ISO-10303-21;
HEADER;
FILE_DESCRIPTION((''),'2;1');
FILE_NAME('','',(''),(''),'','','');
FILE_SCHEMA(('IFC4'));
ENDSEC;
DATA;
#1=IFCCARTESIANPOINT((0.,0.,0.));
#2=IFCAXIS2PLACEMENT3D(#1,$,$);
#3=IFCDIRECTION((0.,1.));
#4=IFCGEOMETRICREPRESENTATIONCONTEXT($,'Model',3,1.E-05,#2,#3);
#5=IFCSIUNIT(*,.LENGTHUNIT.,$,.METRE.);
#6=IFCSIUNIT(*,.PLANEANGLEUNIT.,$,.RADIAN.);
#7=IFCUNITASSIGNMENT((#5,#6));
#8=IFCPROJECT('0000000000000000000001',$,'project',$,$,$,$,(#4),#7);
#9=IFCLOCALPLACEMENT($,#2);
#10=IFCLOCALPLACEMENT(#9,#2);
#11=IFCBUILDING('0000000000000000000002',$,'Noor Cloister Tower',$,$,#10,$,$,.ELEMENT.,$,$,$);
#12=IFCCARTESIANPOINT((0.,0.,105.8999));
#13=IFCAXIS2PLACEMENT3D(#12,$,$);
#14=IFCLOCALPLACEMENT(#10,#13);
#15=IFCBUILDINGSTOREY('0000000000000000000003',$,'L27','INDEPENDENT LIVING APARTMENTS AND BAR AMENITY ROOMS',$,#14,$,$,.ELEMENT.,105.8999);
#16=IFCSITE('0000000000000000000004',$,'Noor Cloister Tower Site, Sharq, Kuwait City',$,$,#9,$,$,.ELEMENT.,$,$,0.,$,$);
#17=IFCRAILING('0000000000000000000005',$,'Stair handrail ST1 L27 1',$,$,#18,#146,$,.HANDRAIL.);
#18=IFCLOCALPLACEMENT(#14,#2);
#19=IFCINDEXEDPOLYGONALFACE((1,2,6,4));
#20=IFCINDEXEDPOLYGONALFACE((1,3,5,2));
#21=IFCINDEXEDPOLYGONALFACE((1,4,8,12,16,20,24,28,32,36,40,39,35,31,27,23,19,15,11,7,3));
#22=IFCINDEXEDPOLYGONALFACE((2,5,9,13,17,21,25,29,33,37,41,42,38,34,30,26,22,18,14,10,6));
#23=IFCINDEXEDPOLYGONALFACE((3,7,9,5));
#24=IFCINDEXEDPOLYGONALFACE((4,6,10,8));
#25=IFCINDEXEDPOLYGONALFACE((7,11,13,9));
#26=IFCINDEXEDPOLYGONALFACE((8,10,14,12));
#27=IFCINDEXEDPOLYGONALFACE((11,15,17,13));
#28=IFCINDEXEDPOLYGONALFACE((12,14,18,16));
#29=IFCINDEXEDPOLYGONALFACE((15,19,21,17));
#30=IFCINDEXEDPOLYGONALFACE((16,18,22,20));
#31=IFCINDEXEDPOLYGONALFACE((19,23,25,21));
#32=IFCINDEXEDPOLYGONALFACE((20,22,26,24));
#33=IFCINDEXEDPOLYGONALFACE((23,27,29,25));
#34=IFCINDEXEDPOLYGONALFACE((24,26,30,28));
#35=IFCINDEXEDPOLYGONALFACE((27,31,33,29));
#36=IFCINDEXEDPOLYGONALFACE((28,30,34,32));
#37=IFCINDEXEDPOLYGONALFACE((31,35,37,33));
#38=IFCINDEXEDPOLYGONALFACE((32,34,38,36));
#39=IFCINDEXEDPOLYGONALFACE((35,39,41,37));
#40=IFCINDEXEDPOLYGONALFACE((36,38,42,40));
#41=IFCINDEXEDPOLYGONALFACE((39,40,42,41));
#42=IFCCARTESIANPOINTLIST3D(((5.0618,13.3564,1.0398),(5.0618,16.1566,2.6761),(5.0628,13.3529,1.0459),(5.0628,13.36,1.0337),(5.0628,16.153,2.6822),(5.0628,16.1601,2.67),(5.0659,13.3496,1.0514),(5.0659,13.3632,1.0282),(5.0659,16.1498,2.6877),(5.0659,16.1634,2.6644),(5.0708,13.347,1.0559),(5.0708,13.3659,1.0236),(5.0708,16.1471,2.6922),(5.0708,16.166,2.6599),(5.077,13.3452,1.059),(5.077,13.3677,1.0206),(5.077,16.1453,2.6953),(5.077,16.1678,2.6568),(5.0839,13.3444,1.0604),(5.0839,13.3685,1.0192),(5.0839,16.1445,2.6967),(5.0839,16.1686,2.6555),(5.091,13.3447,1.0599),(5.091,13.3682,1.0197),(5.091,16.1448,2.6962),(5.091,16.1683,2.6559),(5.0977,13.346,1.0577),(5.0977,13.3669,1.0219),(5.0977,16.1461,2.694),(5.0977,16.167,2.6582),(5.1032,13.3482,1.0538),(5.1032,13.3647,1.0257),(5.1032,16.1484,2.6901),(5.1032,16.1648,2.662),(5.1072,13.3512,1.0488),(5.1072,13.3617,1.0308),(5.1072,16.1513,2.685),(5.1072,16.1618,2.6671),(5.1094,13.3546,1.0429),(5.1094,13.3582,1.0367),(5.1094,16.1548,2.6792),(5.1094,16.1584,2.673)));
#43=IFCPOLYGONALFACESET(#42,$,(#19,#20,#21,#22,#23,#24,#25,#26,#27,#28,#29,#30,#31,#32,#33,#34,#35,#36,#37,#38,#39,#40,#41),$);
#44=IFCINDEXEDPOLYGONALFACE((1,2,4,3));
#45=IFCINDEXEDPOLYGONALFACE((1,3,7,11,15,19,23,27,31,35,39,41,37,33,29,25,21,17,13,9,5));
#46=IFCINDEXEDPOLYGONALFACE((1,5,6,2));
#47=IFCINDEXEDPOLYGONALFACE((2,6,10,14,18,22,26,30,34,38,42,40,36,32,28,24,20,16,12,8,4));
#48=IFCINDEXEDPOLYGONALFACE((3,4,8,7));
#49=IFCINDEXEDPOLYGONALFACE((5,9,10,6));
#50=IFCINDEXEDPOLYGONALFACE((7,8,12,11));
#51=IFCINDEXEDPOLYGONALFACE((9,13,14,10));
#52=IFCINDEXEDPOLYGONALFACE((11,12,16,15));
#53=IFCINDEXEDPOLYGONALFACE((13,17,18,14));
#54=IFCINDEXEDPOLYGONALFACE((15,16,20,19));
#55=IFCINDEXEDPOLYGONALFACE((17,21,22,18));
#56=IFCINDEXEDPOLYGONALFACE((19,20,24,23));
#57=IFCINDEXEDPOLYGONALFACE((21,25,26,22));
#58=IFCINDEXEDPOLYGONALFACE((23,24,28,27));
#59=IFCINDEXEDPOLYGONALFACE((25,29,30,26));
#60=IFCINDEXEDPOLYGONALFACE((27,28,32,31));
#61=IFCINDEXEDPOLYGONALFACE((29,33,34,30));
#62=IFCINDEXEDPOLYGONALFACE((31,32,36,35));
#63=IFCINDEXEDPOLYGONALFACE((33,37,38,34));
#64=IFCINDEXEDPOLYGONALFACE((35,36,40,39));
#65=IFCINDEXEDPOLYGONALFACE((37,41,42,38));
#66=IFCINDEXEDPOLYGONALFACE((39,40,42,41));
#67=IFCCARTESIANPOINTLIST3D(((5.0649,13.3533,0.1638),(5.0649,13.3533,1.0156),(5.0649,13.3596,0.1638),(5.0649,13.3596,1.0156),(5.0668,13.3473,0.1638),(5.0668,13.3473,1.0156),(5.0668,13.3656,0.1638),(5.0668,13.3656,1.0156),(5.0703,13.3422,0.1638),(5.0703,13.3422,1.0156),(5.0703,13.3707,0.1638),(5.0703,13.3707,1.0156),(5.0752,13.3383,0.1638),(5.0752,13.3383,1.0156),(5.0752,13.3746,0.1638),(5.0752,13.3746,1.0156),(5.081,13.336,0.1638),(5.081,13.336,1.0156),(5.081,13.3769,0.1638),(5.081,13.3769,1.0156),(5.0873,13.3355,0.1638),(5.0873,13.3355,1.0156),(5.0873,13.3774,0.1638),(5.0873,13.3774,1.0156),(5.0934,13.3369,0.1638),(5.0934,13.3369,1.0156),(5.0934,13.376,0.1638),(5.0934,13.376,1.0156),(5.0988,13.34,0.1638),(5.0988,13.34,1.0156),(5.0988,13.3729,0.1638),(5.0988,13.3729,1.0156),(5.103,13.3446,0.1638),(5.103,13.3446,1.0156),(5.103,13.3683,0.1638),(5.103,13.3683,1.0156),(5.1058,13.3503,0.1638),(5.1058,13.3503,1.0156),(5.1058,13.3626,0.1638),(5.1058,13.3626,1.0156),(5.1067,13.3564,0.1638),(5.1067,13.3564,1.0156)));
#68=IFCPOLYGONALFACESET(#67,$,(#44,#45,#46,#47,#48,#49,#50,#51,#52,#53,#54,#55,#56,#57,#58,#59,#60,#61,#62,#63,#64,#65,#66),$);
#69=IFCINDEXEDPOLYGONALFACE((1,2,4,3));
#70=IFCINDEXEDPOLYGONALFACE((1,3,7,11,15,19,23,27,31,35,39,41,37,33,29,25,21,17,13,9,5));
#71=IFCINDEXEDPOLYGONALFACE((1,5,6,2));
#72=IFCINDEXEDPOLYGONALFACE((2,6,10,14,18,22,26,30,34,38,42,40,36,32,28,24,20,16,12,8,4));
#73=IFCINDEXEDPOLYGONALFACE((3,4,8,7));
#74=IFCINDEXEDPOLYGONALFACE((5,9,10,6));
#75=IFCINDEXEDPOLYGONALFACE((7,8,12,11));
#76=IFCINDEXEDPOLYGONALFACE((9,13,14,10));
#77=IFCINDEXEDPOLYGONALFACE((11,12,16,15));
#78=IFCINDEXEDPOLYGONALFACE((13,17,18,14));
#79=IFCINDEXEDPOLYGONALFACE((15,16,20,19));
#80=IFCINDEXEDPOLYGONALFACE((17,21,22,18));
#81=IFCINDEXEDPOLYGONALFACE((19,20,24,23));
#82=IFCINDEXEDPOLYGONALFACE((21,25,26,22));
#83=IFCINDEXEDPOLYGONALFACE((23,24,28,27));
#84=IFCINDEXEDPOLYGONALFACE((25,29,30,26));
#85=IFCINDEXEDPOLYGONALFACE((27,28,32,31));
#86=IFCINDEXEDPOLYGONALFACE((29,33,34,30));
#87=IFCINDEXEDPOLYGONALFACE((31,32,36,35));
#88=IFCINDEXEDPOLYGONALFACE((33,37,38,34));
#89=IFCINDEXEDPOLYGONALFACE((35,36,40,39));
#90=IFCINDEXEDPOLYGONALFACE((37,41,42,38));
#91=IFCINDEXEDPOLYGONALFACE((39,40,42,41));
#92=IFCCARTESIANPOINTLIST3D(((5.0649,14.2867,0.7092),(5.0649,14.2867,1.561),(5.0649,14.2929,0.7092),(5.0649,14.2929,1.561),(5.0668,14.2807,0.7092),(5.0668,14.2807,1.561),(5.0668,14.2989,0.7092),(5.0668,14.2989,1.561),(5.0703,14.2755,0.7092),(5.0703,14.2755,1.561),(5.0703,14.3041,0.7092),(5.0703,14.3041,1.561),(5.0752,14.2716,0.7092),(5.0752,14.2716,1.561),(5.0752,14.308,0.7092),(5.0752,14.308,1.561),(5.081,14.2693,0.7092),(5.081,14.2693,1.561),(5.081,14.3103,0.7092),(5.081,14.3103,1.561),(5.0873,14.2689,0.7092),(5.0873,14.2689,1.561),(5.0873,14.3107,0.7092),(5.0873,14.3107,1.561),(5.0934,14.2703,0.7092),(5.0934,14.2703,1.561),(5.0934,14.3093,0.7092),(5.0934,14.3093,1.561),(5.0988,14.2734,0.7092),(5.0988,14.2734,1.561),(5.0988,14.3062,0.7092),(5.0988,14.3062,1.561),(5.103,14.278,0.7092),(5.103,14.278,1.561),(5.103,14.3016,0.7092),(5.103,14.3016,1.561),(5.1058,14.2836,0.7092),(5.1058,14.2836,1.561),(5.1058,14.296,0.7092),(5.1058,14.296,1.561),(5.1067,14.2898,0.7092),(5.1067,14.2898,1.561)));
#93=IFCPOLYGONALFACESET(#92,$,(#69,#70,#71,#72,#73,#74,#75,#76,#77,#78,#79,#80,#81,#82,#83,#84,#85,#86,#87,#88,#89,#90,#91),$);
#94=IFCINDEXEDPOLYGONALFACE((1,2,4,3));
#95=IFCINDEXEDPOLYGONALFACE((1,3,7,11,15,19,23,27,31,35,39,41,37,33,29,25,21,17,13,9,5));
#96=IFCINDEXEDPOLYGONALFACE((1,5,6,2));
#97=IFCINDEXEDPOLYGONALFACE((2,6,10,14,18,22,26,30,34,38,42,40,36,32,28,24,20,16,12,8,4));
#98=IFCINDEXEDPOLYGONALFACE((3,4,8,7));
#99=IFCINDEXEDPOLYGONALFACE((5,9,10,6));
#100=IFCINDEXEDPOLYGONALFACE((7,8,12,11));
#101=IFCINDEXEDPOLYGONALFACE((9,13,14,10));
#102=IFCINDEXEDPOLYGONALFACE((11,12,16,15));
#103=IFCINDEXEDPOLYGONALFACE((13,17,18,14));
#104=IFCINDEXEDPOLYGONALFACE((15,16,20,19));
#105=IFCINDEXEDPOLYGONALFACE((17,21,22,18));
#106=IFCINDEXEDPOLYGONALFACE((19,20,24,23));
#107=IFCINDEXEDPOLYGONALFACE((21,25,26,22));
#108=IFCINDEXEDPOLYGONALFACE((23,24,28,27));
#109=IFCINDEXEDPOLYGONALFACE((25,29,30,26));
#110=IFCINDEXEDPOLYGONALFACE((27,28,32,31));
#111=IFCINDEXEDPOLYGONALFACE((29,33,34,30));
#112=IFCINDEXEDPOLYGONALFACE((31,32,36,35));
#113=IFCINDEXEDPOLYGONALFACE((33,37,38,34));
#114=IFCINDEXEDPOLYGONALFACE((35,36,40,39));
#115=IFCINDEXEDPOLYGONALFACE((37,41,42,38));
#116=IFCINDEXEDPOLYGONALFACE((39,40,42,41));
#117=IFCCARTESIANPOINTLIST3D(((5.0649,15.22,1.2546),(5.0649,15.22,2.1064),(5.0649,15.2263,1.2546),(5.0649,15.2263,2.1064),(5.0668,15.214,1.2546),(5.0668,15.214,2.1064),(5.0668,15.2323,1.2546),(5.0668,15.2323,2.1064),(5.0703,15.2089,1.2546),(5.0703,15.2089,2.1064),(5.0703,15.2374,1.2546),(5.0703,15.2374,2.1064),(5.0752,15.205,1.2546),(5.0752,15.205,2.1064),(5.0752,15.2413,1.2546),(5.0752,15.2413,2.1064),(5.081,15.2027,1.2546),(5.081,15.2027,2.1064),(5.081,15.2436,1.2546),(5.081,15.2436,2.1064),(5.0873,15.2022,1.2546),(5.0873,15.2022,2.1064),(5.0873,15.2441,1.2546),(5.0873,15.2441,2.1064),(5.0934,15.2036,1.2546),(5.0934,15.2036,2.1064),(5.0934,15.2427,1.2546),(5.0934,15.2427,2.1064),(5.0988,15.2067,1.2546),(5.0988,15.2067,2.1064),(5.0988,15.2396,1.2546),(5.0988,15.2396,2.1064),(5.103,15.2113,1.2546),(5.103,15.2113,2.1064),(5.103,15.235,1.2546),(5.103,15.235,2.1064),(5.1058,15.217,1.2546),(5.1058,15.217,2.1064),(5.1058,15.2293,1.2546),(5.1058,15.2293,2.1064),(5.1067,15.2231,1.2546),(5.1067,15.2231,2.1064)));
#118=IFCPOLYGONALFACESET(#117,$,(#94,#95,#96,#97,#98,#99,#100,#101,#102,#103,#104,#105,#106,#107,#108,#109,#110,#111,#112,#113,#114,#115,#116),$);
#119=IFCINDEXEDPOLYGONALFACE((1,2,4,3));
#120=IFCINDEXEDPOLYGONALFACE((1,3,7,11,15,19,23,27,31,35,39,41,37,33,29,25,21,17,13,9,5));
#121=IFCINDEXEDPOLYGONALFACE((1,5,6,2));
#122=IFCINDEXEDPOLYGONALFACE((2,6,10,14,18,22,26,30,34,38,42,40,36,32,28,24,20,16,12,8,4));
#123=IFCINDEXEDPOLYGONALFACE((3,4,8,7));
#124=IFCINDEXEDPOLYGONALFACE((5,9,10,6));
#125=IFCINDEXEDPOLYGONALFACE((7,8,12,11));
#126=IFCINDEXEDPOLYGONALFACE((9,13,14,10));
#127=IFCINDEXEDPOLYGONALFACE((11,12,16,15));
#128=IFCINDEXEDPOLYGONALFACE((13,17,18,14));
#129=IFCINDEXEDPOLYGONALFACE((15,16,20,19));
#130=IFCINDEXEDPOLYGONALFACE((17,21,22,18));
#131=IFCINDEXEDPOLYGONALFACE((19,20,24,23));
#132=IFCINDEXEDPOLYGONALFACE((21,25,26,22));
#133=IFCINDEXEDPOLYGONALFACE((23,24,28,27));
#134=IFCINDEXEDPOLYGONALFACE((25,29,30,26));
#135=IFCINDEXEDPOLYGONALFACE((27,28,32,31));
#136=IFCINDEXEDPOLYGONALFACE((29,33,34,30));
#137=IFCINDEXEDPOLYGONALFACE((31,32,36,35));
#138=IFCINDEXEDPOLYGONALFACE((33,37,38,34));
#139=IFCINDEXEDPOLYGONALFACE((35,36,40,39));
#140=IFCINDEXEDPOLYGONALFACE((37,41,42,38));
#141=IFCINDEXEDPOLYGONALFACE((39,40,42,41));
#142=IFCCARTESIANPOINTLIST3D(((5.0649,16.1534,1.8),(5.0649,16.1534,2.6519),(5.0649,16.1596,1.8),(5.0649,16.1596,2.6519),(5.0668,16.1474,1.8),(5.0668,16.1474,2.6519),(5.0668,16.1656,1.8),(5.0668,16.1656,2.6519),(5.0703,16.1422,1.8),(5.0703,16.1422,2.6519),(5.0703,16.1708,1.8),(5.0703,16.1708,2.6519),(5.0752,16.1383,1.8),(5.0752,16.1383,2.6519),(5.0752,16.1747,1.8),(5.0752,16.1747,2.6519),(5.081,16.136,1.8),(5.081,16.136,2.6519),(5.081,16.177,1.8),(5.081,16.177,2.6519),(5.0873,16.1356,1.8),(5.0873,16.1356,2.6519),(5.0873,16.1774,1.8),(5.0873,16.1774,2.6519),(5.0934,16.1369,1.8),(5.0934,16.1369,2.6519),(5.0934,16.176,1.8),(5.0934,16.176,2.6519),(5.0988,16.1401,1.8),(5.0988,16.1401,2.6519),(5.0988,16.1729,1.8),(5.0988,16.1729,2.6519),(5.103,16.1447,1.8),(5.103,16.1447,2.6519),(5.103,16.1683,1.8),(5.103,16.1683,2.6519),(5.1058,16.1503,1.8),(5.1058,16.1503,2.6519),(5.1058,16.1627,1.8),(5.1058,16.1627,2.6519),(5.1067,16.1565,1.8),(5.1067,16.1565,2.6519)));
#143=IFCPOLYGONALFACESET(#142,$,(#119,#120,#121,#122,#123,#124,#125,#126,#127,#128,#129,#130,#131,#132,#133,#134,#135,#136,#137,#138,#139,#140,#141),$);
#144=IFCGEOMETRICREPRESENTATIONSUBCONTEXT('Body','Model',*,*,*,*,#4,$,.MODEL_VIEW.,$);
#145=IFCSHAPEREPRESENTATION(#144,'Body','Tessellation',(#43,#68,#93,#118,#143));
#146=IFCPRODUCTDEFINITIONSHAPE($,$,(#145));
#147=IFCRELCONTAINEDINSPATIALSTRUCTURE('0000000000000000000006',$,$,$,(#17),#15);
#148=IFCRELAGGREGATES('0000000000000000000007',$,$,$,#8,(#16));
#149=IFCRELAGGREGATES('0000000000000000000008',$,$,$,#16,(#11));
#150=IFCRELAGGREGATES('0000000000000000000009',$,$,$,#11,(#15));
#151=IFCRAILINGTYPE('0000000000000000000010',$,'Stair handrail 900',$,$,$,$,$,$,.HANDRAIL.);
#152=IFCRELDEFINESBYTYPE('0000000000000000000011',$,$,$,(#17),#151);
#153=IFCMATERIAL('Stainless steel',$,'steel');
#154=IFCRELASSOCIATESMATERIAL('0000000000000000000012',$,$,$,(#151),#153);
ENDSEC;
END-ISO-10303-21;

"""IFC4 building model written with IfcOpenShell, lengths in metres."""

from ifc_helpers import new_model, si_unit, direction, frame, origin, origin_2d, place, context, subcontext, project, spatial, circle, extrude, material, type_object, element, save


model = new_model("IFC4")

# Units and contexts
model_context = context("Model", 3, precision=1e-05, world=origin(), true_north=direction((0.0, 1.0)))
body_context = subcontext(model_context, "Body", "Model", "MODEL_VIEW")
ifc_project = project(units=[si_unit("LENGTHUNIT", "METRE"), si_unit("PLANEANGLEUNIT", "RADIAN")], contexts=[model_context])

# Site, building, storey
site_placement = place(None, origin())
site = spatial("IfcSite", under=ifc_project, at=site_placement, Name="Noor Cloister Tower Site, Sharq, Kuwait City", CompositionType="ELEMENT", RefElevation=0.0)
building_placement = place(site_placement, origin())
building = spatial("IfcBuilding", under=site, at=building_placement, Name="Noor Cloister Tower", CompositionType="ELEMENT")
storey_placement = place(building_placement, frame((0.0, 0.0, 105.8999)))
storey = spatial("IfcBuildingStorey", under=building, at=storey_placement, Name="L27", Description="INDEPENDENT LIVING APARTMENTS AND BAR AMENITY ROOMS", CompositionType="ELEMENT", Elevation=105.8999)

# Railing
ifc_material_1 = material(Name="Stainless steel", Category="steel")
railing_type_1 = type_object("IfcRailingType", Name="Stair handrail 900", PredefinedType="HANDRAIL", material=ifc_material_1)
railing_1_placement = place(storey_placement, frame((5.0857, 13.3564, 0.1638)))
element("IfcRailing", 1, at=railing_1_placement, inside=storey, type_object=railing_type_1, Name="Stair handrail ST1 L27 1", PredefinedType="HANDRAIL", context=body_context, shape_type="SweptSolid", body=[
    extrude(circle(Radius=0.0239, at=origin_2d()), frame((0.0, 0.0, 0.876), z_axis=(0.0, 0.863394, 0.504531), x_axis=(-1.0, 0.0, 0.0)), (0.0, 0.0, 1.0), 3.2432),
    extrude(circle(Radius=0.021, at=origin_2d()), origin(), (0.0, 0.0, 1.0), 0.8518),
    extrude(circle(Radius=0.021, at=origin_2d()), frame((0.0, 0.9333, 0.5454)), (0.0, 0.0, 1.0), 0.8518),
    extrude(circle(Radius=0.021, at=origin_2d()), frame((0.0, 1.8667, 1.0908)), (0.0, 0.0, 1.0), 0.8518),
    extrude(circle(Radius=0.021, at=origin_2d()), frame((0.0, 2.8, 1.6362)), (0.0, 0.0, 1.0), 0.8518),
])

save(model, "model.ifc")
